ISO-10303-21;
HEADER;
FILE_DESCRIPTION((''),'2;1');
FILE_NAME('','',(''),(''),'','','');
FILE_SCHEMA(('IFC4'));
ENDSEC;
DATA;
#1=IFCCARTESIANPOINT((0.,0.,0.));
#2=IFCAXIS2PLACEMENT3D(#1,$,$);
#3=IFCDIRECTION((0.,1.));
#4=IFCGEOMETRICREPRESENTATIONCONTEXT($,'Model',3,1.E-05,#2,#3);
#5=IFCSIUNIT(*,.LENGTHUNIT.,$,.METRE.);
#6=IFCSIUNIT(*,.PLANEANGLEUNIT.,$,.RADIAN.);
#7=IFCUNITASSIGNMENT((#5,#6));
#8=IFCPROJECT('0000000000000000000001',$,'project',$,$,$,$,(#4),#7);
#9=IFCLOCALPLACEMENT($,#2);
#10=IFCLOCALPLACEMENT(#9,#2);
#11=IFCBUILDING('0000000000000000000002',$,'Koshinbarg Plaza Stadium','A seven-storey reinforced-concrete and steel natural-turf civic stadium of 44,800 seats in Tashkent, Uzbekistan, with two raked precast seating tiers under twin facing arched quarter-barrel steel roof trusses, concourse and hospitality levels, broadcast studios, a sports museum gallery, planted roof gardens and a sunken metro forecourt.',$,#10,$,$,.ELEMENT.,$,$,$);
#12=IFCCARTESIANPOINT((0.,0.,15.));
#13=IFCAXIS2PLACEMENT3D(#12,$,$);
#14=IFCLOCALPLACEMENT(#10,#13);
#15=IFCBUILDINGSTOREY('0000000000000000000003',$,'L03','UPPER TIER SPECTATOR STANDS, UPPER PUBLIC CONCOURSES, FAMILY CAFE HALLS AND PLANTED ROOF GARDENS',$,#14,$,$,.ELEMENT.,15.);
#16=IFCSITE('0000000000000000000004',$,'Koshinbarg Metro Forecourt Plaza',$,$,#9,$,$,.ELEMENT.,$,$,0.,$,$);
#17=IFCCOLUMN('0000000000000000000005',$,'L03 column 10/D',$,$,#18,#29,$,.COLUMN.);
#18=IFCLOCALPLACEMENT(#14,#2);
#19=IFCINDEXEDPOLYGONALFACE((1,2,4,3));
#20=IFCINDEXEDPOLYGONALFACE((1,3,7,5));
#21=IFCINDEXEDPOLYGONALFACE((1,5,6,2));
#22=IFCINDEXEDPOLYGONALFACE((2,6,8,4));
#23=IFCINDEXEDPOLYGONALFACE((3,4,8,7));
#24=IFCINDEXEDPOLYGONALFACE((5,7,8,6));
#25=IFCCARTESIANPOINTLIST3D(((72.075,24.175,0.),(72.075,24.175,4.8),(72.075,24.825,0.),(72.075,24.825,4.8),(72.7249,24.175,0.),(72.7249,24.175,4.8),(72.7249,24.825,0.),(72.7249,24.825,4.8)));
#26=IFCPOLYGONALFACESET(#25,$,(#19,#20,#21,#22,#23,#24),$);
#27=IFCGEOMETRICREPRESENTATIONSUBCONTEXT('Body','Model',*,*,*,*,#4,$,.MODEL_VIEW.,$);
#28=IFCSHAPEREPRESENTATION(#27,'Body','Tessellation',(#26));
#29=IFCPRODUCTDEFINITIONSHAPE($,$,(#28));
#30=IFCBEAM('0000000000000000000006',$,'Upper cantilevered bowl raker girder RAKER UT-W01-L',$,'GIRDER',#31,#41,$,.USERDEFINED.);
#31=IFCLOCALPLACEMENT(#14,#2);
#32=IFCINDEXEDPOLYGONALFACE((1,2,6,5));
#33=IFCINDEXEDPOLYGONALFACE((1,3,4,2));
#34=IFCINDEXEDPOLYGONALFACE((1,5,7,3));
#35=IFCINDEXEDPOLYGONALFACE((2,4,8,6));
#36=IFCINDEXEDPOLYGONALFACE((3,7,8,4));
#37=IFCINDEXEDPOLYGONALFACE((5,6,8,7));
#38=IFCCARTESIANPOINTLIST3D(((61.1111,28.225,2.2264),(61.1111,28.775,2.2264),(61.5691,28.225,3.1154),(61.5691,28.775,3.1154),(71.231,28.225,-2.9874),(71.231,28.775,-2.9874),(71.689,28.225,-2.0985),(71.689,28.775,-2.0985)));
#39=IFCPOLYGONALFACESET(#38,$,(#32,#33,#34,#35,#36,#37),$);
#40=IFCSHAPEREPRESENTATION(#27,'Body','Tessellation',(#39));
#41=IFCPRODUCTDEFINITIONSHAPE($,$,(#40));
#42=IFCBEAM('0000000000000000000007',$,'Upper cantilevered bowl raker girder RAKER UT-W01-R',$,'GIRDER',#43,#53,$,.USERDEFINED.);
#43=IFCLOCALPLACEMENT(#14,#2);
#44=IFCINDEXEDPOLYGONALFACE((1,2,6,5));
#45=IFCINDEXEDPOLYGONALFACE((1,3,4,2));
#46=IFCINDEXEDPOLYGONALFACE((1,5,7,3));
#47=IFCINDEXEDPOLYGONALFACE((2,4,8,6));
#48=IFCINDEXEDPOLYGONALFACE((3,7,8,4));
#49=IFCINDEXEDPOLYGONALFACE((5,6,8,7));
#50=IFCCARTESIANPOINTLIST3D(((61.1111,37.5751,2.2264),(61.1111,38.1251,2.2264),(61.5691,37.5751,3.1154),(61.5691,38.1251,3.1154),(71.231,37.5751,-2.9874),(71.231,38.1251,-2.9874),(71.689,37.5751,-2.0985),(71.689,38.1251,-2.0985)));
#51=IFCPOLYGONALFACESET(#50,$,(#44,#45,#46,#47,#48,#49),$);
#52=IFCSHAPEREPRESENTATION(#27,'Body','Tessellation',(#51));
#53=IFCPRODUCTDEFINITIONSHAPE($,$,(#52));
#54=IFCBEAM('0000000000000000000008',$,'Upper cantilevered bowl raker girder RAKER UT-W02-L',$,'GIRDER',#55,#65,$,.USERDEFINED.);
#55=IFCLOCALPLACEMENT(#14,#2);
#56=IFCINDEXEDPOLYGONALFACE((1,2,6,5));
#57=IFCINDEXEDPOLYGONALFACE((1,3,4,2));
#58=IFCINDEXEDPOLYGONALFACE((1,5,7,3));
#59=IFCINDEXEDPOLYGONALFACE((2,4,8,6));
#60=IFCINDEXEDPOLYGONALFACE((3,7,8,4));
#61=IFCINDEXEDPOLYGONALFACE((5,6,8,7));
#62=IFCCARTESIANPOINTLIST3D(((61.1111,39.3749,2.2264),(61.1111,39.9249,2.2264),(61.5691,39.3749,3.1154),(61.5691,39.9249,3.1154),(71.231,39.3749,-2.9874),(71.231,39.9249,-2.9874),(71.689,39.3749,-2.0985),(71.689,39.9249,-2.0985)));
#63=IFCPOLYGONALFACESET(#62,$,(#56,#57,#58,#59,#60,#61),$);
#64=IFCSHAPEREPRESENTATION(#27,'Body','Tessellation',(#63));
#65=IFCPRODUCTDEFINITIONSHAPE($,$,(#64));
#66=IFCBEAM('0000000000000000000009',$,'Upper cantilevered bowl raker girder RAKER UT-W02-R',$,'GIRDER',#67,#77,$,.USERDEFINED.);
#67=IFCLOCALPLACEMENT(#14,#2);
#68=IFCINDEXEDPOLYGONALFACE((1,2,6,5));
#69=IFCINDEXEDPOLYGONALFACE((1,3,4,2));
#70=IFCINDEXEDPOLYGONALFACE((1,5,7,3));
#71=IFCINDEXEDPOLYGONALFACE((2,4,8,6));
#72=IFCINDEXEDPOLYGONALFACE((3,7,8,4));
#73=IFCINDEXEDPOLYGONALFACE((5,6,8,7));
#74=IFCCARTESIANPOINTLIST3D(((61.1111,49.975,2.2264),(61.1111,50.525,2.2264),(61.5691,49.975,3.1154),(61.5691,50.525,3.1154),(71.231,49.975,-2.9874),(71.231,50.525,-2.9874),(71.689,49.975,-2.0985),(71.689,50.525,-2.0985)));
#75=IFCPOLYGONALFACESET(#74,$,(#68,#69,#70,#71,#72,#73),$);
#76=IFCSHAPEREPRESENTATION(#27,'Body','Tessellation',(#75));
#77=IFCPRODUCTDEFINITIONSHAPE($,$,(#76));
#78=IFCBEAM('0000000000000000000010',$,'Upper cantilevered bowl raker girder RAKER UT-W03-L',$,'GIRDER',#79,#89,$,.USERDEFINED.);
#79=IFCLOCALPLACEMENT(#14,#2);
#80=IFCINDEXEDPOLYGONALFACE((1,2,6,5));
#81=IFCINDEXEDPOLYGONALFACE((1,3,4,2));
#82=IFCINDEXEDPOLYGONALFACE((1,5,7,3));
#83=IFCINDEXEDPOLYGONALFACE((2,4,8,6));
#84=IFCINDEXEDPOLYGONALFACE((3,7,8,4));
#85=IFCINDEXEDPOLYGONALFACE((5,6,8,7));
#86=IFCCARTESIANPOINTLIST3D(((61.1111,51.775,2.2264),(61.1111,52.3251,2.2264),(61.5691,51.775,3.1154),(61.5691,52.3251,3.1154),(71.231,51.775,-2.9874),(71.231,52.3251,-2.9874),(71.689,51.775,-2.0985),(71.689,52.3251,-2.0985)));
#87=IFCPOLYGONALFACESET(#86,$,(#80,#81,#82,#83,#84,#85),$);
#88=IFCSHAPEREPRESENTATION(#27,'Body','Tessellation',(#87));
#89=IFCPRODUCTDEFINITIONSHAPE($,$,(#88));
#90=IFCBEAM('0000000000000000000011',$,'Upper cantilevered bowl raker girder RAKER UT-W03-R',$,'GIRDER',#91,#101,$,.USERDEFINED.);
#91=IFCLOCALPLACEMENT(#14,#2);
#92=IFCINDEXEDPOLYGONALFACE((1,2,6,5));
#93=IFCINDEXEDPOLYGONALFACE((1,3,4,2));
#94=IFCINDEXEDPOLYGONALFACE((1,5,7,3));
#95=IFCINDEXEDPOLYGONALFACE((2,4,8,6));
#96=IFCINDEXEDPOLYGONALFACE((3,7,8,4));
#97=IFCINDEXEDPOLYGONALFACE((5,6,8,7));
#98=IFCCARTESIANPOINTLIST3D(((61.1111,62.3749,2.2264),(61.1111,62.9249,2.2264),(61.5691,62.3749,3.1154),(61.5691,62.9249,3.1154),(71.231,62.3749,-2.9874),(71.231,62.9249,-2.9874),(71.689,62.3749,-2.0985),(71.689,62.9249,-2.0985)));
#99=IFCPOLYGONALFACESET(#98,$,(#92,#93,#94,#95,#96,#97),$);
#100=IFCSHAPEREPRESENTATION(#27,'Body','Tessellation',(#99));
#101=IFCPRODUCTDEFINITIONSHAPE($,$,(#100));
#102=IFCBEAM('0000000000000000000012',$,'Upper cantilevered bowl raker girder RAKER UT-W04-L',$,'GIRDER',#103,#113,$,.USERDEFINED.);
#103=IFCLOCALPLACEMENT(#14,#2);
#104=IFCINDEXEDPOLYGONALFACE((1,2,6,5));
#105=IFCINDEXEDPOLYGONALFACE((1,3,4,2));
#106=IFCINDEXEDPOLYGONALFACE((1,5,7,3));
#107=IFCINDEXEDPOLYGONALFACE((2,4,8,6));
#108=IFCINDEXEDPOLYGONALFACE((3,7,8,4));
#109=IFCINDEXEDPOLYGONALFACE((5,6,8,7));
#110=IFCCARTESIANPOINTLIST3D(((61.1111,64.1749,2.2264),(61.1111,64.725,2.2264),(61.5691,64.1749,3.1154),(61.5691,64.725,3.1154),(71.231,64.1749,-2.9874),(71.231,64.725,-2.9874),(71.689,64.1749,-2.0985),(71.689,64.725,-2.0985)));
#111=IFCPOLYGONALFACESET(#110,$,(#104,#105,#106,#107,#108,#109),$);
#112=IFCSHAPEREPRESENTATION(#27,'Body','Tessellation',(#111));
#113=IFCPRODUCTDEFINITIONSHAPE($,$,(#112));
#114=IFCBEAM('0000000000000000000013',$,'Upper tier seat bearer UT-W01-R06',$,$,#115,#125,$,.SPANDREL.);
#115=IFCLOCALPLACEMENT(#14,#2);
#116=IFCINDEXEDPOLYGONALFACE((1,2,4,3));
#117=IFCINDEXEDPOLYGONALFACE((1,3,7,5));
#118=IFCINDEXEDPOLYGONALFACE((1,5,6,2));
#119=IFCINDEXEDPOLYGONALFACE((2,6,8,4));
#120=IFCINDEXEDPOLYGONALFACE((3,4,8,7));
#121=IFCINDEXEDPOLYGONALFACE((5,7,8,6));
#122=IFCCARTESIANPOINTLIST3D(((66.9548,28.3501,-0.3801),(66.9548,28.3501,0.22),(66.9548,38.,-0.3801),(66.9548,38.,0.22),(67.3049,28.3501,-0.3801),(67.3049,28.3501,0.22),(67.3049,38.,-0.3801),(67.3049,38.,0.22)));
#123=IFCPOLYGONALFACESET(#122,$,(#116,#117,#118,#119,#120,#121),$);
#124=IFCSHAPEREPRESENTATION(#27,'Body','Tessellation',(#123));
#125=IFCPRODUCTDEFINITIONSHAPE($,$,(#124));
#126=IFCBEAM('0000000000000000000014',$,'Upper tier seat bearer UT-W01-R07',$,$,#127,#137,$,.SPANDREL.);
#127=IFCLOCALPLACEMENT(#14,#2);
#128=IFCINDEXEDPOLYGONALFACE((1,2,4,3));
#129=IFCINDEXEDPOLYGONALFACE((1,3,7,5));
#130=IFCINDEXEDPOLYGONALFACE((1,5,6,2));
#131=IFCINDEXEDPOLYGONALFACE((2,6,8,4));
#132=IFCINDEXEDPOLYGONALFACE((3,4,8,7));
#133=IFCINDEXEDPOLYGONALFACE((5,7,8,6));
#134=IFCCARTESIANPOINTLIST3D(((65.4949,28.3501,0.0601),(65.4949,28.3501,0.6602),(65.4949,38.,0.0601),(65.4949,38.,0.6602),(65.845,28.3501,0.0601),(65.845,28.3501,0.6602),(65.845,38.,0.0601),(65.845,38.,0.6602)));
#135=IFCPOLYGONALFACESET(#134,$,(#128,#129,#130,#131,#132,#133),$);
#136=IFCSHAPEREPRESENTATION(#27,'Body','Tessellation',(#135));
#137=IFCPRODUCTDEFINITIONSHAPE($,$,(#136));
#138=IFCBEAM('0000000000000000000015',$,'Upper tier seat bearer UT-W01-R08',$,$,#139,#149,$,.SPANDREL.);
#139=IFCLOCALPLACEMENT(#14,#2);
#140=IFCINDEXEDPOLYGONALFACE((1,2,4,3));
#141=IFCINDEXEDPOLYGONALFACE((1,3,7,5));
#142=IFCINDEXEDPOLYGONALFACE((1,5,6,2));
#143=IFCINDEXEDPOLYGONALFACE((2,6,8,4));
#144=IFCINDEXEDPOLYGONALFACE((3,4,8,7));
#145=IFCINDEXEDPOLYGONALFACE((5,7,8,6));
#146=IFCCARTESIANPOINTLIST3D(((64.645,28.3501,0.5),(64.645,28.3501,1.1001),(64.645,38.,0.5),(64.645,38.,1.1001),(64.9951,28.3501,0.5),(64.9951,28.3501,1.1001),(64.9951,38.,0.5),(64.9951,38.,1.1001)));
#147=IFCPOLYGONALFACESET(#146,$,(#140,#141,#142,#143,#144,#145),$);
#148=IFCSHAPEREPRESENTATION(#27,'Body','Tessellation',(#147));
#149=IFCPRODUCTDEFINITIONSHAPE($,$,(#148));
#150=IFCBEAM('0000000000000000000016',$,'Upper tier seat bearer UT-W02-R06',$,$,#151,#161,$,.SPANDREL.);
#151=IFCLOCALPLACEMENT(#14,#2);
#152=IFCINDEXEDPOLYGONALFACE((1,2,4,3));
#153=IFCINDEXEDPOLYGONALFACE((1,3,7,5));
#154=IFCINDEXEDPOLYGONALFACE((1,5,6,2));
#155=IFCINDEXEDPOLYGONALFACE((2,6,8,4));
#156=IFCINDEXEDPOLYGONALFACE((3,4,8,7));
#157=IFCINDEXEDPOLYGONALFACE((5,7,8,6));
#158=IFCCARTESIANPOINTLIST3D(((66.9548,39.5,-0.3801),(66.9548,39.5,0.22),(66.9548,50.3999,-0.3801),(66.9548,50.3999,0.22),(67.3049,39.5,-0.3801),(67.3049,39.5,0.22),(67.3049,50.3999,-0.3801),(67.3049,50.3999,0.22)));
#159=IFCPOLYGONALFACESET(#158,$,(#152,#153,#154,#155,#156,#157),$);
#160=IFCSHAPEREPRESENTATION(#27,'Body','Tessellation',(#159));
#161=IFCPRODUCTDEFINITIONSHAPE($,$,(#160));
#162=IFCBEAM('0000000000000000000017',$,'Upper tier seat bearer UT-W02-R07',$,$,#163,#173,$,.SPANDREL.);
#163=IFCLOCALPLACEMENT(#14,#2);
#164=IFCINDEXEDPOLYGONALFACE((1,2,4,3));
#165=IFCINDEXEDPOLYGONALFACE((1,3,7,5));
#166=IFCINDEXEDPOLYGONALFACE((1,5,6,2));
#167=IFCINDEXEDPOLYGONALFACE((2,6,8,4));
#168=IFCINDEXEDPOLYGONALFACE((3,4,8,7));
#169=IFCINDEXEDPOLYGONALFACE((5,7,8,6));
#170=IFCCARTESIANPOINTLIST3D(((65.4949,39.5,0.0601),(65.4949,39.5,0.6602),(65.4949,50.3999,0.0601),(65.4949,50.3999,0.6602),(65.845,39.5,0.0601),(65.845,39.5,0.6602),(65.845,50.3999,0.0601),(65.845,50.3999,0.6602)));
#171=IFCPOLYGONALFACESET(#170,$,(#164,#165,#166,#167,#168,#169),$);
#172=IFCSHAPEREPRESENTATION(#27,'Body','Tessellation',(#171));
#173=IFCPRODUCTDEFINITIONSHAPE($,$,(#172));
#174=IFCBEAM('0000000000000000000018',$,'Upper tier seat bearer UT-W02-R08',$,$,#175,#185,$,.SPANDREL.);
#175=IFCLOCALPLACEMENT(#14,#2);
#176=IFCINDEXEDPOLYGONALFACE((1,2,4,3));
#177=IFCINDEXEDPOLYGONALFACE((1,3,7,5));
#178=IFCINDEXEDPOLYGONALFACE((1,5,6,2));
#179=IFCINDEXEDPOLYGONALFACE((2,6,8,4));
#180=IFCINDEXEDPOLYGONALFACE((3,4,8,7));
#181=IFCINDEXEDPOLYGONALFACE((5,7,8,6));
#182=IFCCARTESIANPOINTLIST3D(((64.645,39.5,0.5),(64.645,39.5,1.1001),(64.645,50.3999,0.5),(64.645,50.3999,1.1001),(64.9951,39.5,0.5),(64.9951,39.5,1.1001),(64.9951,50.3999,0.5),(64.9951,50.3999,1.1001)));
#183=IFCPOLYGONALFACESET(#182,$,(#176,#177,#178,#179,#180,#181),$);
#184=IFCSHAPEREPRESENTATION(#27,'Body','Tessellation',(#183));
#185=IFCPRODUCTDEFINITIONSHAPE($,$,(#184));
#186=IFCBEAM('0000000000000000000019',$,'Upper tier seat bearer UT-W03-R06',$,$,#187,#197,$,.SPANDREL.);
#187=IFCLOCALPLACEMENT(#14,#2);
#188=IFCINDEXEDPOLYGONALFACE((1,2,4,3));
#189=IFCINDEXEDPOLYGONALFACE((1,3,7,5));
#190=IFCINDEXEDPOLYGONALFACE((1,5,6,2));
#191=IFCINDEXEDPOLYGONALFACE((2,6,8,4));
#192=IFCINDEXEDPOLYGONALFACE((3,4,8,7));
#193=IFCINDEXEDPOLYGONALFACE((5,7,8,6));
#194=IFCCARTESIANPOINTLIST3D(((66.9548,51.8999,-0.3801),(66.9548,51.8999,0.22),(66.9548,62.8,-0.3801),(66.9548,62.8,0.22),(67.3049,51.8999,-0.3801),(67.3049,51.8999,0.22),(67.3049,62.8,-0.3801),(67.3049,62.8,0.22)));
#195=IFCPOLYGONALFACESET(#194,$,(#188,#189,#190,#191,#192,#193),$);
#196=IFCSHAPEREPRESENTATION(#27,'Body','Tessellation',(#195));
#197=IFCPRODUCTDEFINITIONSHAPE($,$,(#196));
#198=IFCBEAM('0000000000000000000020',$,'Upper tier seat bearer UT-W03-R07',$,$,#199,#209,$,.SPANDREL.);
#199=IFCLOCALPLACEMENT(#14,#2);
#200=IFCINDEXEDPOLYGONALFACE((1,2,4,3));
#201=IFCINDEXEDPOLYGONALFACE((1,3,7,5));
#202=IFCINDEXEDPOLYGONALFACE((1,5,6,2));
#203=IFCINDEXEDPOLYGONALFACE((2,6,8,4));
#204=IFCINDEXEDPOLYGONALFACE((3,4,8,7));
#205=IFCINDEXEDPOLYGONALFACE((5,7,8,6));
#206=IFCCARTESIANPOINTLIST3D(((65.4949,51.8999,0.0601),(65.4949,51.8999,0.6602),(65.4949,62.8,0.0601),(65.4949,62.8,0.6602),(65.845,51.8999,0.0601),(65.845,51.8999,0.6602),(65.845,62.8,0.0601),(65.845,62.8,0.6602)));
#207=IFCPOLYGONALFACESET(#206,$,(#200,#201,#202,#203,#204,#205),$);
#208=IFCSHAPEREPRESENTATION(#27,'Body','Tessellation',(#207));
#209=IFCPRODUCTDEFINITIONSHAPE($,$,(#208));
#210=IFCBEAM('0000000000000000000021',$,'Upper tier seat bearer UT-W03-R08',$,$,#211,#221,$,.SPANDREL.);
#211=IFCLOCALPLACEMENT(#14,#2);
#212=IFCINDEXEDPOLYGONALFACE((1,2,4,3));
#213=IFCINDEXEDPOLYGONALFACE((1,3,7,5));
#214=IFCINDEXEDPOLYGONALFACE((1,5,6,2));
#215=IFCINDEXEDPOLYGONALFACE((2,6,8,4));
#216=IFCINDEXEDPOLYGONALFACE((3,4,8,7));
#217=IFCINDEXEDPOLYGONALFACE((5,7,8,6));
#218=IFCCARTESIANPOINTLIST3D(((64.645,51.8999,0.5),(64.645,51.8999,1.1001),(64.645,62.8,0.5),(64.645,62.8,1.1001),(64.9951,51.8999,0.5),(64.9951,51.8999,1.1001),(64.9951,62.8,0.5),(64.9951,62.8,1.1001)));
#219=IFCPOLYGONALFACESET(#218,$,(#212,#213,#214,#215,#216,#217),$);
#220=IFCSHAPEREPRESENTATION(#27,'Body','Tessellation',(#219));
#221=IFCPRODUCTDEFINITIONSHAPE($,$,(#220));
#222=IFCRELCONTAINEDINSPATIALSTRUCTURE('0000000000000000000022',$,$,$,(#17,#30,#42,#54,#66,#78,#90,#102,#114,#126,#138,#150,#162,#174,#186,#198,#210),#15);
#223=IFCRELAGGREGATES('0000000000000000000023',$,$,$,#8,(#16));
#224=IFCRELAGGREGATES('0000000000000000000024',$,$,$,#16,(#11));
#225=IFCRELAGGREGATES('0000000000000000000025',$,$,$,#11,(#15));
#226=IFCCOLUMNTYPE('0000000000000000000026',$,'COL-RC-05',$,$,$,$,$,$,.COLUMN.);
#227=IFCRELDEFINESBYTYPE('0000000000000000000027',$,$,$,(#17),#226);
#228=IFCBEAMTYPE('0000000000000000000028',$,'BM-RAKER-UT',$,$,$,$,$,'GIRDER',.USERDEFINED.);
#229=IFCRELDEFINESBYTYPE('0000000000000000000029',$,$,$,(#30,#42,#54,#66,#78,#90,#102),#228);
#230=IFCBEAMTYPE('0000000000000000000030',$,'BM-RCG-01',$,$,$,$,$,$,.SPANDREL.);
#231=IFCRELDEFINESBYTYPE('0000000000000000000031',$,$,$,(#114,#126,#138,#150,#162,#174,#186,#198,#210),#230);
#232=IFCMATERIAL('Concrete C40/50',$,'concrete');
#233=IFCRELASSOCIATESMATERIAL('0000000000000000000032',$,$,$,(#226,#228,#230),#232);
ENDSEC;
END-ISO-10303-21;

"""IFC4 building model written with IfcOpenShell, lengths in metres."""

from ifc_helpers import new_model, si_unit, direction, frame, origin, origin_2d, place, context, subcontext, project, spatial, rectangle, extrude, material, material_profile, profile_set, type_object, element, save


model = new_model("IFC4")

# Units and contexts
model_context = context("Model", 3, precision=1e-05, world=origin(), true_north=direction((0.0, 1.0)))
body_context = subcontext(model_context, "Body", "Model", "MODEL_VIEW")
ifc_project = project(units=[si_unit("LENGTHUNIT", "METRE"), si_unit("PLANEANGLEUNIT", "RADIAN")], contexts=[model_context])

# Site, building, storey
site_placement = place(None, origin())
site = spatial("IfcSite", under=ifc_project, at=site_placement, Name="Koshinbarg Metro Forecourt Plaza", CompositionType="ELEMENT", RefElevation=0.0)
building_placement = place(site_placement, origin())
building = spatial("IfcBuilding", under=site, at=building_placement, Name="Koshinbarg Plaza Stadium", Description="A seven-storey reinforced-concrete and steel natural-turf civic stadium of 44,800 seats in Tashkent, Uzbekistan, with two raked precast seating tiers under twin facing arched quarter-barrel steel roof trusses, concourse and hospitality levels, broadcast studios, a sports museum gallery, planted roof gardens and a sunken metro forecourt.", CompositionType="ELEMENT")
storey_placement = place(building_placement, frame((0.0, 0.0, 15.0)))
storey = spatial("IfcBuildingStorey", under=building, at=storey_placement, Name="L03", Description="UPPER TIER SPECTATOR STANDS, UPPER PUBLIC CONCOURSES, FAMILY CAFE HALLS AND PLANTED ROOF GARDENS", CompositionType="ELEMENT", Elevation=15.0)

# Column
ifc_material_1 = material(Name="Concrete C40/50", Category="concrete")
ifc_material_profile_1 = material_profile(ifc_material_1, rectangle(XDim=0.6499, YDim=0.6499, at=origin_2d()), Name="RC 650x650")
ifc_profile_set_1 = profile_set([ifc_material_profile_1], Name="Concrete C40/50")
column_type = type_object("IfcColumnType", Name="COL-RC-05", PredefinedType="COLUMN", material=ifc_profile_set_1)
column_placement = place(storey_placement, frame((72.3999, 24.5, 0.0), z_axis=(0.0, 0.0, 1.0), x_axis=(1.0, 0.0, 0.0)))
element("IfcColumn", 1, at=column_placement, inside=storey, type_object=column_type, Name="L03 column 10/D", PredefinedType="COLUMN", context=body_context, shape_type="SweptSolid", body=[
    extrude(rectangle(XDim=0.6499, YDim=0.6499, at=origin_2d()), origin(), (0.0, 0.0, 1.0), 4.8),
])

# Beams
ifc_material_profile_2 = material_profile(ifc_material_1, rectangle(XDim=0.55, YDim=1.0, at=origin_2d()), Name="RC 550x1000")
ifc_profile_set_2 = profile_set([ifc_material_profile_2], Name="Concrete C40/50")
beam_type_1 = type_object("IfcBeamType", Name="BM-RAKER-UT", ElementType="GIRDER", PredefinedType="USERDEFINED", material=ifc_profile_set_2)
for number, where, z_axis, x_axis, name in (
    (2, (71.46, 28.5, -2.543), (-0.888953, 0.0, 0.457998), (0.0, -1.0, 0.0), "Upper cantilevered bowl raker girder RAKER UT-W01-L"),
    (3, (71.46, 37.8501, -2.543), (-0.888953, 0.0, 0.457998), (0.0, -1.0, 0.0), "Upper cantilevered bowl raker girder RAKER UT-W01-R"),
    (4, (71.46, 39.6499, -2.543), (-0.888953, 0.0, 0.457998), (0.0, -1.0, 0.0), "Upper cantilevered bowl raker girder RAKER UT-W02-L"),
    (5, (71.46, 50.25, -2.543), (-0.888953, 0.0, 0.457998), (0.0, -1.0, 0.0), "Upper cantilevered bowl raker girder RAKER UT-W02-R"),
    (6, (71.46, 52.05, -2.543), (-0.888953, 0.0, 0.457998), (0.0, -1.0, 0.0), "Upper cantilevered bowl raker girder RAKER UT-W03-L"),
    (7, (71.46, 62.6499, -2.543), (-0.888953, 0.0, 0.457998), (0.0, -1.0, 0.0), "Upper cantilevered bowl raker girder RAKER UT-W03-R"),
    (8, (71.46, 64.45, -2.543), (-0.888953, 0.0, 0.457998), (0.0, -1.0, 0.0), "Upper cantilevered bowl raker girder RAKER UT-W04-L"),
):
    element("IfcBeam", number, at=place(storey_placement, frame(where, z_axis=z_axis, x_axis=x_axis)), inside=storey, type_object=beam_type_1, Name=name, ObjectType="GIRDER", PredefinedType="USERDEFINED", context=body_context, shape_type="SweptSolid", body=[
        extrude(rectangle(XDim=0.55, YDim=1.0, at=origin_2d()), origin(), (0.0, 0.0, 1.0), 11.384),
    ])
ifc_material_profile_3 = material_profile(ifc_material_1, rectangle(XDim=0.3501, YDim=0.6001, at=origin_2d()), Name="RC 350x600")
ifc_profile_set_3 = profile_set([ifc_material_profile_3], Name="Concrete C40/50")
beam_type_2 = type_object("IfcBeamType", Name="BM-RCG-01", PredefinedType="SPANDREL", material=ifc_profile_set_3)
for number, where, z_axis, x_axis, name in (
    (9, (67.1299, 28.3501, -0.0801), (0.0, 1.0, 0.0), (-1.0, 0.0, 0.0), "Upper tier seat bearer UT-W01-R06"),
    (10, (65.6699, 28.3501, 0.3601), (0.0, 1.0, 0.0), (-1.0, 0.0, 0.0), "Upper tier seat bearer UT-W01-R07"),
    (11, (64.8201, 28.3501, 0.8), (0.0, 1.0, 0.0), (-1.0, 0.0, 0.0), "Upper tier seat bearer UT-W01-R08"),
):
    element("IfcBeam", number, at=place(storey_placement, frame(where, z_axis=z_axis, x_axis=x_axis)), inside=storey, type_object=beam_type_2, Name=name, PredefinedType="SPANDREL", context=body_context, shape_type="SweptSolid", body=[
        extrude(rectangle(XDim=0.3501, YDim=0.6001, at=origin_2d()), origin(), (0.0, 0.0, 1.0), 9.6499),
    ])
for number, where, z_axis, x_axis, name in (
    (12, (67.1299, 39.5, -0.0801), (0.0, 1.0, 0.0), (-1.0, 0.0, 0.0), "Upper tier seat bearer UT-W02-R06"),
    (13, (65.6699, 39.5, 0.3601), (0.0, 1.0, 0.0), (-1.0, 0.0, 0.0), "Upper tier seat bearer UT-W02-R07"),
    (14, (64.8201, 39.5, 0.8), (0.0, 1.0, 0.0), (-1.0, 0.0, 0.0), "Upper tier seat bearer UT-W02-R08"),
):
    element("IfcBeam", number, at=place(storey_placement, frame(where, z_axis=z_axis, x_axis=x_axis)), inside=storey, type_object=beam_type_2, Name=name, PredefinedType="SPANDREL", context=body_context, shape_type="SweptSolid", body=[
        extrude(rectangle(XDim=0.3501, YDim=0.6001, at=origin_2d()), origin(), (0.0, 0.0, 1.0), 10.8999),
    ])
for number, where, z_axis, x_axis, name in (
    (15, (67.1299, 51.8999, -0.0801), (0.0, 1.0, 0.0), (-1.0, 0.0, 0.0), "Upper tier seat bearer UT-W03-R06"),
    (16, (65.6699, 51.8999, 0.3601), (0.0, 1.0, 0.0), (-1.0, 0.0, 0.0), "Upper tier seat bearer UT-W03-R07"),
    (17, (64.8201, 51.8999, 0.8), (0.0, 1.0, 0.0), (-1.0, 0.0, 0.0), "Upper tier seat bearer UT-W03-R08"),
):
    element("IfcBeam", number, at=place(storey_placement, frame(where, z_axis=z_axis, x_axis=x_axis)), inside=storey, type_object=beam_type_2, Name=name, PredefinedType="SPANDREL", context=body_context, shape_type="SweptSolid", body=[
        extrude(rectangle(XDim=0.3501, YDim=0.6001, at=origin_2d()), origin(), (0.0, 0.0, 1.0), 10.9001),
    ])

save(model, "model.ifc")
